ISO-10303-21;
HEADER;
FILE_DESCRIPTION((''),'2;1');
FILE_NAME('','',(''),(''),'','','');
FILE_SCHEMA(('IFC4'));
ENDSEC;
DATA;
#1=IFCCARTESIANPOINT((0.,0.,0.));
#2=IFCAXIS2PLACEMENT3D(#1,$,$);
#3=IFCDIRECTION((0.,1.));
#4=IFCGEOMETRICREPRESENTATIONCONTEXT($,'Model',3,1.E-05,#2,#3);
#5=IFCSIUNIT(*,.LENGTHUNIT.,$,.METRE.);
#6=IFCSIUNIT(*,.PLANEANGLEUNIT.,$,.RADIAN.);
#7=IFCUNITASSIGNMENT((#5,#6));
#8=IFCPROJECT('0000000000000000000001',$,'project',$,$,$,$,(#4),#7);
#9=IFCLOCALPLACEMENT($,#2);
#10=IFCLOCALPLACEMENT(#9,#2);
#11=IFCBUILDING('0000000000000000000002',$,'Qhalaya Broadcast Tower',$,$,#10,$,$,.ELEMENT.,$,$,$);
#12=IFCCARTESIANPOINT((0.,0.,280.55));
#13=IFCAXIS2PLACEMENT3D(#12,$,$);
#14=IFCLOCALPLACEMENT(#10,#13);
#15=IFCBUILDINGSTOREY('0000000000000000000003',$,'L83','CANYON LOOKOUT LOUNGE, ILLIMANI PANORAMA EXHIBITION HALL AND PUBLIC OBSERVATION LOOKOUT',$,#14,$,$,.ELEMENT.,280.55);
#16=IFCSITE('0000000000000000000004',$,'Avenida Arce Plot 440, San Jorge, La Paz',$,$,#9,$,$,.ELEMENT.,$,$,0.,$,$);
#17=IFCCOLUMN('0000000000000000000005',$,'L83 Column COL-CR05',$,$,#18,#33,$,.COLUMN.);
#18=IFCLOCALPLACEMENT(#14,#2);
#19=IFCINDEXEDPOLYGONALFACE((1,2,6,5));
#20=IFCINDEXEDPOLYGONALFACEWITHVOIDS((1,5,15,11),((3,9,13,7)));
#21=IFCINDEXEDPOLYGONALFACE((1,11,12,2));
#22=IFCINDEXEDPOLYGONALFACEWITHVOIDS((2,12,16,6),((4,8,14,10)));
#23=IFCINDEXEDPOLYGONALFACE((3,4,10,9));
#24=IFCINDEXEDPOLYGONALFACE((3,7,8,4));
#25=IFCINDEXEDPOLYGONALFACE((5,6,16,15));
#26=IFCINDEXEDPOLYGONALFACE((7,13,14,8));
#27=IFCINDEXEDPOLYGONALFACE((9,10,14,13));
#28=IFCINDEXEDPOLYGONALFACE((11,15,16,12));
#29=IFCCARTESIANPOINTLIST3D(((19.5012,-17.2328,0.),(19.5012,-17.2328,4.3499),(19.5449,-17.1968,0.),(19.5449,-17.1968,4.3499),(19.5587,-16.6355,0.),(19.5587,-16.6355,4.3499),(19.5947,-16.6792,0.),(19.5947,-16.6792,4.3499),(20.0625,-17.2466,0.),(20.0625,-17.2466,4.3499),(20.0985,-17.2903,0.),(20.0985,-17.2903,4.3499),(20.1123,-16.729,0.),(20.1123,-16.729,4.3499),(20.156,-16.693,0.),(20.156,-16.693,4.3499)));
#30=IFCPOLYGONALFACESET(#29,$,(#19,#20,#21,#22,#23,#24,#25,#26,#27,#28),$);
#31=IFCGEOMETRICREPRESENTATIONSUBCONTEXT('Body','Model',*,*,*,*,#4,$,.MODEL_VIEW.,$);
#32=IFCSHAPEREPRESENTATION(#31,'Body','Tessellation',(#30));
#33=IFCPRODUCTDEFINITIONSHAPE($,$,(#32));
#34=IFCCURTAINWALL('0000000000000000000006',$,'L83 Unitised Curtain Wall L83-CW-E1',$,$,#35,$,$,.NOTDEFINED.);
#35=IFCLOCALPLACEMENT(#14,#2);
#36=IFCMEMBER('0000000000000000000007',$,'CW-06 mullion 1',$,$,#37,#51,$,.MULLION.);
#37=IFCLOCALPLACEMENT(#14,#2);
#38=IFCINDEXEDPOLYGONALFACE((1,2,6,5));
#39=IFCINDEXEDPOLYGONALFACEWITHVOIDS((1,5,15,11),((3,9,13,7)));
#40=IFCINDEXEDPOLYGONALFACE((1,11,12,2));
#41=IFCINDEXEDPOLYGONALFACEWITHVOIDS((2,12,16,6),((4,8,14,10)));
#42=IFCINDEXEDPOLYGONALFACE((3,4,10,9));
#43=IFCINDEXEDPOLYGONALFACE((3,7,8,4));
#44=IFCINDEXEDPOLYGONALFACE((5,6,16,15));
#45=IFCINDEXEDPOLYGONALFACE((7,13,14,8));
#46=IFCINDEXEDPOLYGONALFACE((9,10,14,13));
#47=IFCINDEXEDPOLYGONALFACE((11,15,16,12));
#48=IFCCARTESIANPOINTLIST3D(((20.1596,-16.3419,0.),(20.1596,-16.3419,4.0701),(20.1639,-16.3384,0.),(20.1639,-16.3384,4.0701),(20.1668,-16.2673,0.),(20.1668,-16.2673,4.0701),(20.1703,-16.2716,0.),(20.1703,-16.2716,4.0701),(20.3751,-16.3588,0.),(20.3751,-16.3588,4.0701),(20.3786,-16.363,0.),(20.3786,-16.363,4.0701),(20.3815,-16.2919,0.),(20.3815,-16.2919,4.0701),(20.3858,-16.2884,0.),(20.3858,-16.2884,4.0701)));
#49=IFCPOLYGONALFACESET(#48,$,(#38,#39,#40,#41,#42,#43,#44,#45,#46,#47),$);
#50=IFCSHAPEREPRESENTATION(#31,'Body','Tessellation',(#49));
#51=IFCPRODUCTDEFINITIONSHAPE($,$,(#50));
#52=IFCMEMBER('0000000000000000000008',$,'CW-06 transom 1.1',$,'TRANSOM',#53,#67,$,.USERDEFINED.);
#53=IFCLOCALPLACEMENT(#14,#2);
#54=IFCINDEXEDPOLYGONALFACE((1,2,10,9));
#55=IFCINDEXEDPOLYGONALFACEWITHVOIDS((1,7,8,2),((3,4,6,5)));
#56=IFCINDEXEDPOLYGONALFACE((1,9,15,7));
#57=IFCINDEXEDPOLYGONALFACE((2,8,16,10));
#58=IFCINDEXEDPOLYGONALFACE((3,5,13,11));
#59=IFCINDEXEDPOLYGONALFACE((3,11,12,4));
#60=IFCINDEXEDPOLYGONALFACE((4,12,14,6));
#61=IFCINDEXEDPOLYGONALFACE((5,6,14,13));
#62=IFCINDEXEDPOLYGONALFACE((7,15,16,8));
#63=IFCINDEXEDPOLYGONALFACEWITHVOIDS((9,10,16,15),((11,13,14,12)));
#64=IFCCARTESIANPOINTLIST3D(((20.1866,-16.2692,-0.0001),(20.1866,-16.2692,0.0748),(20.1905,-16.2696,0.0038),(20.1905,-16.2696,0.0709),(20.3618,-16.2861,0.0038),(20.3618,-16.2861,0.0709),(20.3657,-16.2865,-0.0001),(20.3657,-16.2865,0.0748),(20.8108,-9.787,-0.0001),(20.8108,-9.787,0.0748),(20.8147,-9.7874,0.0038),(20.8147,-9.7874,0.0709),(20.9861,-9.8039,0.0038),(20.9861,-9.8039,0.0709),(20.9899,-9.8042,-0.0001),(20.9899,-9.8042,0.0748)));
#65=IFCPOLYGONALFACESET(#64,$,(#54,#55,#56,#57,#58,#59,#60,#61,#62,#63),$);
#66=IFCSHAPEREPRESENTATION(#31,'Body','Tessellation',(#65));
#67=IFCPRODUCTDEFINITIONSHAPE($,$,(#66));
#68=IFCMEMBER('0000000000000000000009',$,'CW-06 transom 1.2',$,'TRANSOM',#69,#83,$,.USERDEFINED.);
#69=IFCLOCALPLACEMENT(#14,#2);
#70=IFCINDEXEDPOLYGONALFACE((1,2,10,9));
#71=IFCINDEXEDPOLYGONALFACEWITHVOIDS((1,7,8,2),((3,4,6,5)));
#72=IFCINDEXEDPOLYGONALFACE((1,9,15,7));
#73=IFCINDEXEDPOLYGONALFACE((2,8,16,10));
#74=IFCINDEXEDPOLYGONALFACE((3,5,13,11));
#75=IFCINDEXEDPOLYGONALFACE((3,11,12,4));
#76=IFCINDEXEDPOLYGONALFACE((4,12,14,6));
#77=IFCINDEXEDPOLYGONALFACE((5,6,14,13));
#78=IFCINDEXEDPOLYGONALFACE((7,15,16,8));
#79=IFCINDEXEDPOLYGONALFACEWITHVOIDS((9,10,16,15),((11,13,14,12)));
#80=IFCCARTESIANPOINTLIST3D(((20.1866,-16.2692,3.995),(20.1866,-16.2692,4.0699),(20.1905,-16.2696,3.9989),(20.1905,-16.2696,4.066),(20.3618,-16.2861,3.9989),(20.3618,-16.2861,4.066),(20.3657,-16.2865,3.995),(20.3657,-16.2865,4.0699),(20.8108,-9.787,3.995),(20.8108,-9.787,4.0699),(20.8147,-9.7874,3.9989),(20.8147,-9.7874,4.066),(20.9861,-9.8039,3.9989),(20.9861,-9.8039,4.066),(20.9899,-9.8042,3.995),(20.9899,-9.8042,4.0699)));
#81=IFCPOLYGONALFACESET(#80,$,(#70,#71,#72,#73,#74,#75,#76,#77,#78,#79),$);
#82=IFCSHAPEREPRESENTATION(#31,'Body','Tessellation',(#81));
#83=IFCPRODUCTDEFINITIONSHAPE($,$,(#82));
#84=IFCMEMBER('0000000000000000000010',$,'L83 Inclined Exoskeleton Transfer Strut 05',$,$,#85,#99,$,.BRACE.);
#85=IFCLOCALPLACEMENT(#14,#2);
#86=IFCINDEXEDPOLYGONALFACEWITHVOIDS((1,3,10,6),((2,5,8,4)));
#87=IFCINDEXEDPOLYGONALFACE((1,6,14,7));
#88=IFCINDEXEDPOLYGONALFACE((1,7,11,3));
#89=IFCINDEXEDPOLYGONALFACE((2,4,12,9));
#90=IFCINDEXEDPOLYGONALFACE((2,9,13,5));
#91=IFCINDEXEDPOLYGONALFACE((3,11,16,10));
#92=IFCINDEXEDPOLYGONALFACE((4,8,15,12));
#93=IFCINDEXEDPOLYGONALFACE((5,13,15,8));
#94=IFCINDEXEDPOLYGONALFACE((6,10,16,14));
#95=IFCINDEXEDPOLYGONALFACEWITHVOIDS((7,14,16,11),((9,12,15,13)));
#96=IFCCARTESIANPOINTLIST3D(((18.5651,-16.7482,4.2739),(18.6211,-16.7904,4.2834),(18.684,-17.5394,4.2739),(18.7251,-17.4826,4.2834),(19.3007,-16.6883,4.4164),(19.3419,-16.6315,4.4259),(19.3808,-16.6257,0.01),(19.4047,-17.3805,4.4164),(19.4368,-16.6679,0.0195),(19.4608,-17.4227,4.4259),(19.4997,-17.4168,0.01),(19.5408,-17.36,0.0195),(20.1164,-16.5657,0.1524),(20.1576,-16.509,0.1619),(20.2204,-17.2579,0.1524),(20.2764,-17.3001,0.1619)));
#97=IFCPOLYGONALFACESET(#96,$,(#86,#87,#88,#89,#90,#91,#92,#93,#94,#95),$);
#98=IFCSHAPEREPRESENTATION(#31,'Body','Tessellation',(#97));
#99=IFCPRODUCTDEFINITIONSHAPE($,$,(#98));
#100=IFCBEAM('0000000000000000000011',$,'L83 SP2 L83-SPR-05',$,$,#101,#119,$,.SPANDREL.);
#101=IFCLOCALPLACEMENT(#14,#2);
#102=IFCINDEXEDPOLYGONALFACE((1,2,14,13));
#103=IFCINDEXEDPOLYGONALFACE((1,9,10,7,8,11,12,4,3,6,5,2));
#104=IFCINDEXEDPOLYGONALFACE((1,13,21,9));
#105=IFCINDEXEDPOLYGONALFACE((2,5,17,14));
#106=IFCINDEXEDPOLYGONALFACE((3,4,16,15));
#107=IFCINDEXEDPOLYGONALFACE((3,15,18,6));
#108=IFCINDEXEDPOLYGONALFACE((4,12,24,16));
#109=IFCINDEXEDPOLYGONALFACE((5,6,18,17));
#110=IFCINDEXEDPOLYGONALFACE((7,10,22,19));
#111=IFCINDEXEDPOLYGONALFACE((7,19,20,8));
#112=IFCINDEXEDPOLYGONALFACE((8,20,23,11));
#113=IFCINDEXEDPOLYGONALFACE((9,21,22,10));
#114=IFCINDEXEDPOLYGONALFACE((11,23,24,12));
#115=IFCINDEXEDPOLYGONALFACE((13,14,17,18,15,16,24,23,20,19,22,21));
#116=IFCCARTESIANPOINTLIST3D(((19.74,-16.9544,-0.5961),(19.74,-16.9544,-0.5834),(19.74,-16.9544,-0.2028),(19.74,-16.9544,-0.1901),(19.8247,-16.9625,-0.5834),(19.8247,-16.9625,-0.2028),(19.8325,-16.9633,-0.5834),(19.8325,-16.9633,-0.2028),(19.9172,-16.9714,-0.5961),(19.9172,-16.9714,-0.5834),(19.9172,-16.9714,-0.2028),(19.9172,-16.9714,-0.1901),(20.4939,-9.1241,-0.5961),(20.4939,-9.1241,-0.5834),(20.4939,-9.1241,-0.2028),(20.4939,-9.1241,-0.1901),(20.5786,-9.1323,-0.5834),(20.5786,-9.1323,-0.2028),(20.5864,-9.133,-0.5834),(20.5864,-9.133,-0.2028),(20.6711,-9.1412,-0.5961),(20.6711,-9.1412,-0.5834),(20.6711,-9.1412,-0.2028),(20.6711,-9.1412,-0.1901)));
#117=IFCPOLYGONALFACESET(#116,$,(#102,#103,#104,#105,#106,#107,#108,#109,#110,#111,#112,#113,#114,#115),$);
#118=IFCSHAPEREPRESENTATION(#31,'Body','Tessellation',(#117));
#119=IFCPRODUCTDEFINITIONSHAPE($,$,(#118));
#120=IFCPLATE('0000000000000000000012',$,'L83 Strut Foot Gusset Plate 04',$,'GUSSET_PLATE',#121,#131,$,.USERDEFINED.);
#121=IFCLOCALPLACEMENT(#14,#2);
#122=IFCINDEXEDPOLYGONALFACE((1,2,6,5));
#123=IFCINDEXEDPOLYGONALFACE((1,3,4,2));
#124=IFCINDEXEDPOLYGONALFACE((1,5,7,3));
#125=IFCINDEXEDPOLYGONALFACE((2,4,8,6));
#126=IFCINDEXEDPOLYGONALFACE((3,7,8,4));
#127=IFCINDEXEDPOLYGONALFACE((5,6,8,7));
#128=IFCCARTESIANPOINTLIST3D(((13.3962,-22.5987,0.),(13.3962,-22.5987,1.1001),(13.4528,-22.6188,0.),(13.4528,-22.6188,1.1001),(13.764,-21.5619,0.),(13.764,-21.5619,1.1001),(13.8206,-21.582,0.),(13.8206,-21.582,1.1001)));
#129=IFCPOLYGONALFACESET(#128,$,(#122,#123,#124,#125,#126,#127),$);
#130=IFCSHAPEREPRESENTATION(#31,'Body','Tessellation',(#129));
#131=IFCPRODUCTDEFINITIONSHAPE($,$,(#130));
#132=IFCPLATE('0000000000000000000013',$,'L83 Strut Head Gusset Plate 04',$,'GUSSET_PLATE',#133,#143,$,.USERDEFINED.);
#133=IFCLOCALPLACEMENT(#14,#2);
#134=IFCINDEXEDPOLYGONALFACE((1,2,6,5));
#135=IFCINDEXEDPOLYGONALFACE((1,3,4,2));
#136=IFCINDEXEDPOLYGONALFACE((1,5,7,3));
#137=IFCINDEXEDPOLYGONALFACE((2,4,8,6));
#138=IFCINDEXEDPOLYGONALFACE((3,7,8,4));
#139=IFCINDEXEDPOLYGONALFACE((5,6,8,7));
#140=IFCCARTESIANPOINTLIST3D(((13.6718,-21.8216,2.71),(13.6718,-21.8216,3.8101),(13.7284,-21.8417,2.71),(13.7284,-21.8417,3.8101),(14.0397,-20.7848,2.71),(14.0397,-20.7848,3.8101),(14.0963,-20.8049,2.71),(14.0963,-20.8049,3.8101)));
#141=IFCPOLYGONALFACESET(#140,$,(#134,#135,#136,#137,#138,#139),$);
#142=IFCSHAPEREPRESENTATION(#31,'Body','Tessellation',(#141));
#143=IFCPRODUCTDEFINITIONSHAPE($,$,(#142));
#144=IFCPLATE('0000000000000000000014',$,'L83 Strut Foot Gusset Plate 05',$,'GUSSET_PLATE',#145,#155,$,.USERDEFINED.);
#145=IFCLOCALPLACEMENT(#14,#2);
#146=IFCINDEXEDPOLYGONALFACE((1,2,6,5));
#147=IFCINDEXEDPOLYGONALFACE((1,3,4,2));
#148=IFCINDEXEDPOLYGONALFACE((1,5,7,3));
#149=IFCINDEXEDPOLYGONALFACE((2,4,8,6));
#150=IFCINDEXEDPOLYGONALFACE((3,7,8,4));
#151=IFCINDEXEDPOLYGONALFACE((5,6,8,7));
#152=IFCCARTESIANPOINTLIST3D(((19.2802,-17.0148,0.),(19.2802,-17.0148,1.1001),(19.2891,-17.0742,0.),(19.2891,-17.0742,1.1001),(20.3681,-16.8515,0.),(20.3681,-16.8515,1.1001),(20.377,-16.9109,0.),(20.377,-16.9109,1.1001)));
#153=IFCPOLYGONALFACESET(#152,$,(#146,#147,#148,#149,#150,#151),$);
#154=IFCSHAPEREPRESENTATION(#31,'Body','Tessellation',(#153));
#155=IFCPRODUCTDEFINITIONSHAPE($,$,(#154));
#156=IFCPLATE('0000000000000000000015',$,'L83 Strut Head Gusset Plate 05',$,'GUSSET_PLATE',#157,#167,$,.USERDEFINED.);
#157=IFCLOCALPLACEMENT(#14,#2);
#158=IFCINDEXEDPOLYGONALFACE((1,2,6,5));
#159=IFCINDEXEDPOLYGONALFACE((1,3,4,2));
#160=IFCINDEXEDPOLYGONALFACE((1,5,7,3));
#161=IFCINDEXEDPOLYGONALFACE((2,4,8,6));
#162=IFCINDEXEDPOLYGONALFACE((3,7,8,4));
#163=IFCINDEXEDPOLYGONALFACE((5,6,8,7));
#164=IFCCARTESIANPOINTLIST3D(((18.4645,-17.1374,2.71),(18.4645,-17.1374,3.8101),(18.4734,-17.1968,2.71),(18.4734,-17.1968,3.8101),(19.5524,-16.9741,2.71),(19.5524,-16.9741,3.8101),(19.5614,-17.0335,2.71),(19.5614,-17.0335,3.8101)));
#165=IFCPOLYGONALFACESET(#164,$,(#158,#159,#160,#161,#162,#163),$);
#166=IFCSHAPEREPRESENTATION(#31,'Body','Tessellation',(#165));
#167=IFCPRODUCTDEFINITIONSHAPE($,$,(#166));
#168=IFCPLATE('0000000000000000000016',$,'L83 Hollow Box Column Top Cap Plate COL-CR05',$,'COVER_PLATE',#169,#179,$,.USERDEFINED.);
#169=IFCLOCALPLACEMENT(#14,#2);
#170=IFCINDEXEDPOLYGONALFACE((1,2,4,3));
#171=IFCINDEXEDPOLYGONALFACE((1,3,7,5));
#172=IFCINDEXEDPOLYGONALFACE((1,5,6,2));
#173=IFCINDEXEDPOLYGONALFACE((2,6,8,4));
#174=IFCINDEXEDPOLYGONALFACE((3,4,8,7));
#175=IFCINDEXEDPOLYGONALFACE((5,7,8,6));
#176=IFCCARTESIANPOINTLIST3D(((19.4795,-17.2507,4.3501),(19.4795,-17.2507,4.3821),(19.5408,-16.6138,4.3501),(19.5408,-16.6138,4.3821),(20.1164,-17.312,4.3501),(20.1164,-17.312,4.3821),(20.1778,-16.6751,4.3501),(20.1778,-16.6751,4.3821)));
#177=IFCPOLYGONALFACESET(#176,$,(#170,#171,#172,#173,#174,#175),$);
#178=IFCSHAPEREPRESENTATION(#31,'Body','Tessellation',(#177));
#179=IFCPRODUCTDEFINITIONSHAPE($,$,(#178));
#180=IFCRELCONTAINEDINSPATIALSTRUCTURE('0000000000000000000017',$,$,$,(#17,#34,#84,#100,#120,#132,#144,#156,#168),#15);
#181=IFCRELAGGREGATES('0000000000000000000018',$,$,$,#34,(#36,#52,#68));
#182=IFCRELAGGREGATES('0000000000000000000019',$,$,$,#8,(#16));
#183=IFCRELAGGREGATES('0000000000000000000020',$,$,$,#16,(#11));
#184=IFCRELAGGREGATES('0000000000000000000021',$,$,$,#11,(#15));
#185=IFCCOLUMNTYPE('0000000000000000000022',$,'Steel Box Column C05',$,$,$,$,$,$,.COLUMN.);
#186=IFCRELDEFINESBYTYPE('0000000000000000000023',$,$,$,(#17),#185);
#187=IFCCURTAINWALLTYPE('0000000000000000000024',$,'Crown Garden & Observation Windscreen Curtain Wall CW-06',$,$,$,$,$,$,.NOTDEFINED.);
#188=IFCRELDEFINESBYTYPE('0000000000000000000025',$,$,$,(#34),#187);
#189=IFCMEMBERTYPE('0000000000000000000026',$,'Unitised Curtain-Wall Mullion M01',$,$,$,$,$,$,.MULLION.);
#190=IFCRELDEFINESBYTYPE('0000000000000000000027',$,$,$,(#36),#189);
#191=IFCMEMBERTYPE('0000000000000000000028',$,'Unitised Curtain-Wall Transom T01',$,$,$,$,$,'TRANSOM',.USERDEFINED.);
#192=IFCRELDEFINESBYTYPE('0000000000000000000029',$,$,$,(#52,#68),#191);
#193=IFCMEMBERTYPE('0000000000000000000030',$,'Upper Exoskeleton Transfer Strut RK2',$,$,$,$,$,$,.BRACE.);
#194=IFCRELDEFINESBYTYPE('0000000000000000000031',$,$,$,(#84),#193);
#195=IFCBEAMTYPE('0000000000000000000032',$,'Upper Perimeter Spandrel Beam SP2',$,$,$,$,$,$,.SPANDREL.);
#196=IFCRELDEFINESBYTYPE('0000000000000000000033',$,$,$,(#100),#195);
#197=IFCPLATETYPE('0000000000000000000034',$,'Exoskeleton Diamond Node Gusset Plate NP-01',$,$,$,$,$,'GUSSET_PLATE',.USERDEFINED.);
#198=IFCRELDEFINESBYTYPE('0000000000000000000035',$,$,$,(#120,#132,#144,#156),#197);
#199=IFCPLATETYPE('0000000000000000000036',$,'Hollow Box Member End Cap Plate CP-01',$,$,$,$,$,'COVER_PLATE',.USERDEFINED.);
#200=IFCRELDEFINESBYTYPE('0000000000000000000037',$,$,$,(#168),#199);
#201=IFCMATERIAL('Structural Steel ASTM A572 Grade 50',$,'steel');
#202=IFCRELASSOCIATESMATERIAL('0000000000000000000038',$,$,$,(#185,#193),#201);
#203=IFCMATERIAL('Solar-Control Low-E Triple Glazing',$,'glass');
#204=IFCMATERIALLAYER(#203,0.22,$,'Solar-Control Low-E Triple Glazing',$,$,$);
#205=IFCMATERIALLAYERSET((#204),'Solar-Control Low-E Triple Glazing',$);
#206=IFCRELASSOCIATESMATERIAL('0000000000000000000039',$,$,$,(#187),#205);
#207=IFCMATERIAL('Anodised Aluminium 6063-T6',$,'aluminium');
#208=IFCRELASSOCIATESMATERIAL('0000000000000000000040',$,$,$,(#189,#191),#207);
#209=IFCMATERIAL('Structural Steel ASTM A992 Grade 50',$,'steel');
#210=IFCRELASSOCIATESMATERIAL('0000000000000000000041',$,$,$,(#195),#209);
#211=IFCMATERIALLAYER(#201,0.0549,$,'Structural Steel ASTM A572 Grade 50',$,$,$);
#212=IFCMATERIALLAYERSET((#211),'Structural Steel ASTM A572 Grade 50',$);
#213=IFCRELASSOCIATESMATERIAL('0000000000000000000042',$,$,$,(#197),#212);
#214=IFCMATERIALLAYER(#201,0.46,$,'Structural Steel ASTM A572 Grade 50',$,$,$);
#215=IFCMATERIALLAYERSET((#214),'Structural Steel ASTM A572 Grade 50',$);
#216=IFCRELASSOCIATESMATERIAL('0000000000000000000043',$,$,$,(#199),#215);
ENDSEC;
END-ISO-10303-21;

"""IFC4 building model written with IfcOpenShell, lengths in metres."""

from ifc_helpers import new_model, si_unit, direction, frame, origin, origin_2d, place, context, subcontext, project, spatial, rectangle, hollow_rectangle, i_section, extrude, material, layer, layer_set, material_profile, profile_set, type_object, element, aggregate, save


model = new_model("IFC4")

# Units and contexts
model_context = context("Model", 3, precision=1e-05, world=origin(), true_north=direction((0.0, 1.0)))
body_context = subcontext(model_context, "Body", "Model", "MODEL_VIEW")
ifc_project = project(units=[si_unit("LENGTHUNIT", "METRE"), si_unit("PLANEANGLEUNIT", "RADIAN")], contexts=[model_context])

# Site, building, storey
site_placement = place(None, origin())
site = spatial("IfcSite", under=ifc_project, at=site_placement, Name="Avenida Arce Plot 440, San Jorge, La Paz", CompositionType="ELEMENT", RefElevation=0.0)
building_placement = place(site_placement, origin())
building = spatial("IfcBuilding", under=site, at=building_placement, Name="Qhalaya Broadcast Tower", CompositionType="ELEMENT")
storey_placement = place(building_placement, frame((0.0, 0.0, 280.55)))
storey = spatial("IfcBuildingStorey", under=building, at=storey_placement, Name="L83", Description="CANYON LOOKOUT LOUNGE, ILLIMANI PANORAMA EXHIBITION HALL AND PUBLIC OBSERVATION LOOKOUT", CompositionType="ELEMENT", Elevation=280.55)

# Column
ifc_material_1 = material(Name="Structural Steel ASTM A572 Grade 50", Category="steel")
ifc_material_profile_1 = material_profile(ifc_material_1, hollow_rectangle(XDim=0.6001, YDim=0.6001, WallThickness=0.04, at=origin_2d()), Name="BOX 600x600x40")
ifc_profile_set_1 = profile_set([ifc_material_profile_1], Name="Structural Steel ASTM A572 Grade 50")
column_type = type_object("IfcColumnType", Name="Steel Box Column C05", PredefinedType="COLUMN", material=ifc_profile_set_1)
column_placement = place(storey_placement, frame((19.8286, -16.9629, 0.0), z_axis=(0.0, 0.0, 1.0), x_axis=(0.095846, 0.995396, 0.0)))
element("IfcColumn", 1, at=column_placement, inside=storey, type_object=column_type, Name="L83 Column COL-CR05", PredefinedType="COLUMN", context=body_context, shape_type="SweptSolid", body=[
    extrude(hollow_rectangle(XDim=0.6001, YDim=0.6001, WallThickness=0.04, at=origin_2d()), origin(), (0.0, 0.0, 1.0), 4.3499),
])

# Curtain wall, members
ifc_material_2 = material(Name="Solar-Control Low-E Triple Glazing", Category="glass")
ifc_layer_1 = layer(ifc_material_2, 0.22, Name="Solar-Control Low-E Triple Glazing")
ifc_layer_set_1 = layer_set([ifc_layer_1], Name="Solar-Control Low-E Triple Glazing")
curtain_wall_type = type_object("IfcCurtainWallType", Name="Crown Garden & Observation Windscreen Curtain Wall CW-06", PredefinedType="NOTDEFINED", material=ifc_layer_set_1)
curtain_wall_placement = place(storey_placement, origin())
curtain_wall = element("IfcCurtainWall", 2, at=curtain_wall_placement, inside=storey, type_object=curtain_wall_type, Name="L83 Unitised Curtain Wall L83-CW-E1", PredefinedType="NOTDEFINED")
ifc_material_3 = material(Name="Anodised Aluminium 6063-T6", Category="aluminium")
ifc_material_profile_2 = material_profile(ifc_material_3, hollow_rectangle(XDim=0.075, YDim=0.22, WallThickness=0.0039, at=origin_2d()), Name="ALU-MUL 75x220x4")
ifc_profile_set_2 = profile_set([ifc_material_profile_2], Name="Anodised Aluminium 6063-T6")
member_type_1 = type_object("IfcMemberType", Name="Unitised Curtain-Wall Mullion M01", PredefinedType="MULLION", material=ifc_profile_set_2)
member_1_placement = place(storey_placement, frame((20.2727, -16.3152, 0.0), z_axis=(0.0, 0.0, 1.0), x_axis=(0.095843, 0.995397, 0.0)))
member_1 = element("IfcMember", 3, at=member_1_placement, type_object=member_type_1, Name="CW-06 mullion 1", PredefinedType="MULLION", context=body_context, shape_type="SweptSolid", body=[
    extrude(hollow_rectangle(XDim=0.075, YDim=0.22, WallThickness=0.0039, at=origin_2d()), origin(), (0.0, 0.0, 1.0), 4.0701),
])
ifc_material_profile_3 = material_profile(ifc_material_3, hollow_rectangle(XDim=0.075, YDim=0.1799, WallThickness=0.0039, at=origin_2d()), Name="ALU-TRN 75x180x4")
ifc_profile_set_3 = profile_set([ifc_material_profile_3], Name="Anodised Aluminium 6063-T6")
member_type_2 = type_object("IfcMemberType", Name="Unitised Curtain-Wall Transom T01", ElementType="TRANSOM", PredefinedType="USERDEFINED", material=ifc_profile_set_3)
member_2_placement = place(storey_placement, frame((20.2761, -16.2778, 0.0374), z_axis=(0.095862, 0.995395, 0.0), x_axis=(0.0, 0.0, 1.0)))
member_2 = element("IfcMember", 4, at=member_2_placement, type_object=member_type_2, Name="CW-06 transom 1.1", ObjectType="TRANSOM", PredefinedType="USERDEFINED", context=body_context, shape_type="SweptSolid", body=[
    extrude(hollow_rectangle(XDim=0.075, YDim=0.1799, WallThickness=0.0039, at=origin_2d()), origin(), (0.0, 0.0, 1.0), 6.5122),
])
member_3_placement = place(storey_placement, frame((20.2761, -16.2778, 4.0325), z_axis=(0.095862, 0.995395, 0.0), x_axis=(0.0, 0.0, 1.0)))
member_3 = element("IfcMember", 5, at=member_3_placement, type_object=member_type_2, Name="CW-06 transom 1.2", ObjectType="TRANSOM", PredefinedType="USERDEFINED", context=body_context, shape_type="SweptSolid", body=[
    extrude(hollow_rectangle(XDim=0.075, YDim=0.1799, WallThickness=0.0039, at=origin_2d()), origin(), (0.0, 0.0, 1.0), 6.5122),
])

# Member
ifc_material_profile_4 = material_profile(ifc_material_1, hollow_rectangle(XDim=0.8, YDim=0.8, WallThickness=0.05, at=origin_2d()), Name="BOX 800x800x50")
ifc_profile_set_4 = profile_set([ifc_material_profile_4], Name="Structural Steel ASTM A572 Grade 50")
member_type_3 = type_object("IfcMemberType", Name="Upper Exoskeleton Transfer Strut RK2", PredefinedType="BRACE", material=ifc_profile_set_4)
member_4_placement = place(storey_placement, frame((19.8286, -16.9629, 0.0859), z_axis=(-0.187815, -0.02822, 0.981799), x_axis=(0.148587, -0.988899, 0.0)))
element("IfcMember", 6, at=member_4_placement, inside=storey, type_object=member_type_3, Name="L83 Inclined Exoskeleton Transfer Strut 05", PredefinedType="BRACE", context=body_context, shape_type="SweptSolid", body=[
    extrude(hollow_rectangle(XDim=0.8, YDim=0.8, WallThickness=0.05, at=origin_2d()), origin(), (0.0, 0.0, 1.0), 4.343),
])

# Beam
ifc_material_4 = material(Name="Structural Steel ASTM A992 Grade 50", Category="steel")
ifc_material_profile_5 = material_profile(ifc_material_4, i_section(OverallWidth=0.178, OverallDepth=0.406, WebThickness=0.0078, FlangeThickness=0.0127, at=origin_2d()), Name="W16X40")
ifc_profile_set_5 = profile_set([ifc_material_profile_5], Name="Structural Steel ASTM A992 Grade 50")
beam_type = type_object("IfcBeamType", Name="Upper Perimeter Spandrel Beam SP2", PredefinedType="SPANDREL", material=ifc_profile_set_5)
beam_placement = place(storey_placement, frame((19.8286, -16.9629, -0.3931), z_axis=(0.095837, 0.995397, 0.0), x_axis=(-0.995397, 0.095837, 0.0)))
element("IfcBeam", 7, at=beam_placement, inside=storey, type_object=beam_type, Name="L83 SP2 L83-SPR-05", PredefinedType="SPANDREL", context=body_context, shape_type="SweptSolid", body=[
    extrude(i_section(OverallWidth=0.178, OverallDepth=0.406, WebThickness=0.0078, FlangeThickness=0.0127, at=origin_2d()), origin(), (0.0, 0.0, 1.0), 7.8665),
])

# Plates
ifc_layer_2 = layer(ifc_material_1, 0.0549, Name="Structural Steel ASTM A572 Grade 50")
ifc_layer_set_2 = layer_set([ifc_layer_2], Name="Structural Steel ASTM A572 Grade 50")
plate_type_1 = type_object("IfcPlateType", Name="Exoskeleton Diamond Node Gusset Plate NP-01", ElementType="GUSSET_PLATE", PredefinedType="USERDEFINED", material=ifc_layer_set_2)
for number, where, z_axis, x_axis, name in (
    (8, (13.6084, -22.0903, 0.0), (0.0, 0.0, 1.0), (0.334366, 0.942443, 0.0), "L83 Strut Foot Gusset Plate 04"),
    (9, (13.884, -21.3132, 2.71), (0.0, 0.0, 1.0), (0.334366, 0.942443, 0.0), "L83 Strut Head Gusset Plate 04"),
    (10, (19.8286, -16.9629, 0.0), (0.0, 0.0, 1.0), (-0.988923, -0.148431, 0.0), "L83 Strut Foot Gusset Plate 05"),
    (11, (19.0129, -17.0854, 2.71), (0.0, 0.0, 1.0), (-0.988923, -0.148431, 0.0), "L83 Strut Head Gusset Plate 05"),
):
    element("IfcPlate", number, at=place(storey_placement, frame(where, z_axis=z_axis, x_axis=x_axis)), inside=storey, type_object=plate_type_1, Name=name, ObjectType="GUSSET_PLATE", PredefinedType="USERDEFINED", context=body_context, shape_type="SweptSolid", body=[
        extrude(rectangle(XDim=1.1001, YDim=0.0601, at=origin_2d()), origin(), (0.0, 0.0, 1.0), 1.1001),
    ])
ifc_layer_3 = layer(ifc_material_1, 0.46, Name="Structural Steel ASTM A572 Grade 50")
ifc_layer_set_3 = layer_set([ifc_layer_3], Name="Structural Steel ASTM A572 Grade 50")
plate_type_2 = type_object("IfcPlateType", Name="Hollow Box Member End Cap Plate CP-01", ElementType="COVER_PLATE", PredefinedType="USERDEFINED", material=ifc_layer_set_3)
plate_1_placement = place(storey_placement, frame((19.8286, -16.9629, 4.3501), z_axis=(0.0, 0.0, 1.0), x_axis=(0.095846, 0.995396, 0.0)))
element("IfcPlate", 12, at=plate_1_placement, inside=storey, type_object=plate_type_2, Name="L83 Hollow Box Column Top Cap Plate COL-CR05", ObjectType="COVER_PLATE", PredefinedType="USERDEFINED", context=body_context, shape_type="SweptSolid", body=[
    extrude(rectangle(XDim=0.6399, YDim=0.6399, at=origin_2d()), origin(), (0.0, 0.0, 1.0), 0.032),
])

aggregate(curtain_wall, [member_1, member_2, member_3])

save(model, "model.ifc")
